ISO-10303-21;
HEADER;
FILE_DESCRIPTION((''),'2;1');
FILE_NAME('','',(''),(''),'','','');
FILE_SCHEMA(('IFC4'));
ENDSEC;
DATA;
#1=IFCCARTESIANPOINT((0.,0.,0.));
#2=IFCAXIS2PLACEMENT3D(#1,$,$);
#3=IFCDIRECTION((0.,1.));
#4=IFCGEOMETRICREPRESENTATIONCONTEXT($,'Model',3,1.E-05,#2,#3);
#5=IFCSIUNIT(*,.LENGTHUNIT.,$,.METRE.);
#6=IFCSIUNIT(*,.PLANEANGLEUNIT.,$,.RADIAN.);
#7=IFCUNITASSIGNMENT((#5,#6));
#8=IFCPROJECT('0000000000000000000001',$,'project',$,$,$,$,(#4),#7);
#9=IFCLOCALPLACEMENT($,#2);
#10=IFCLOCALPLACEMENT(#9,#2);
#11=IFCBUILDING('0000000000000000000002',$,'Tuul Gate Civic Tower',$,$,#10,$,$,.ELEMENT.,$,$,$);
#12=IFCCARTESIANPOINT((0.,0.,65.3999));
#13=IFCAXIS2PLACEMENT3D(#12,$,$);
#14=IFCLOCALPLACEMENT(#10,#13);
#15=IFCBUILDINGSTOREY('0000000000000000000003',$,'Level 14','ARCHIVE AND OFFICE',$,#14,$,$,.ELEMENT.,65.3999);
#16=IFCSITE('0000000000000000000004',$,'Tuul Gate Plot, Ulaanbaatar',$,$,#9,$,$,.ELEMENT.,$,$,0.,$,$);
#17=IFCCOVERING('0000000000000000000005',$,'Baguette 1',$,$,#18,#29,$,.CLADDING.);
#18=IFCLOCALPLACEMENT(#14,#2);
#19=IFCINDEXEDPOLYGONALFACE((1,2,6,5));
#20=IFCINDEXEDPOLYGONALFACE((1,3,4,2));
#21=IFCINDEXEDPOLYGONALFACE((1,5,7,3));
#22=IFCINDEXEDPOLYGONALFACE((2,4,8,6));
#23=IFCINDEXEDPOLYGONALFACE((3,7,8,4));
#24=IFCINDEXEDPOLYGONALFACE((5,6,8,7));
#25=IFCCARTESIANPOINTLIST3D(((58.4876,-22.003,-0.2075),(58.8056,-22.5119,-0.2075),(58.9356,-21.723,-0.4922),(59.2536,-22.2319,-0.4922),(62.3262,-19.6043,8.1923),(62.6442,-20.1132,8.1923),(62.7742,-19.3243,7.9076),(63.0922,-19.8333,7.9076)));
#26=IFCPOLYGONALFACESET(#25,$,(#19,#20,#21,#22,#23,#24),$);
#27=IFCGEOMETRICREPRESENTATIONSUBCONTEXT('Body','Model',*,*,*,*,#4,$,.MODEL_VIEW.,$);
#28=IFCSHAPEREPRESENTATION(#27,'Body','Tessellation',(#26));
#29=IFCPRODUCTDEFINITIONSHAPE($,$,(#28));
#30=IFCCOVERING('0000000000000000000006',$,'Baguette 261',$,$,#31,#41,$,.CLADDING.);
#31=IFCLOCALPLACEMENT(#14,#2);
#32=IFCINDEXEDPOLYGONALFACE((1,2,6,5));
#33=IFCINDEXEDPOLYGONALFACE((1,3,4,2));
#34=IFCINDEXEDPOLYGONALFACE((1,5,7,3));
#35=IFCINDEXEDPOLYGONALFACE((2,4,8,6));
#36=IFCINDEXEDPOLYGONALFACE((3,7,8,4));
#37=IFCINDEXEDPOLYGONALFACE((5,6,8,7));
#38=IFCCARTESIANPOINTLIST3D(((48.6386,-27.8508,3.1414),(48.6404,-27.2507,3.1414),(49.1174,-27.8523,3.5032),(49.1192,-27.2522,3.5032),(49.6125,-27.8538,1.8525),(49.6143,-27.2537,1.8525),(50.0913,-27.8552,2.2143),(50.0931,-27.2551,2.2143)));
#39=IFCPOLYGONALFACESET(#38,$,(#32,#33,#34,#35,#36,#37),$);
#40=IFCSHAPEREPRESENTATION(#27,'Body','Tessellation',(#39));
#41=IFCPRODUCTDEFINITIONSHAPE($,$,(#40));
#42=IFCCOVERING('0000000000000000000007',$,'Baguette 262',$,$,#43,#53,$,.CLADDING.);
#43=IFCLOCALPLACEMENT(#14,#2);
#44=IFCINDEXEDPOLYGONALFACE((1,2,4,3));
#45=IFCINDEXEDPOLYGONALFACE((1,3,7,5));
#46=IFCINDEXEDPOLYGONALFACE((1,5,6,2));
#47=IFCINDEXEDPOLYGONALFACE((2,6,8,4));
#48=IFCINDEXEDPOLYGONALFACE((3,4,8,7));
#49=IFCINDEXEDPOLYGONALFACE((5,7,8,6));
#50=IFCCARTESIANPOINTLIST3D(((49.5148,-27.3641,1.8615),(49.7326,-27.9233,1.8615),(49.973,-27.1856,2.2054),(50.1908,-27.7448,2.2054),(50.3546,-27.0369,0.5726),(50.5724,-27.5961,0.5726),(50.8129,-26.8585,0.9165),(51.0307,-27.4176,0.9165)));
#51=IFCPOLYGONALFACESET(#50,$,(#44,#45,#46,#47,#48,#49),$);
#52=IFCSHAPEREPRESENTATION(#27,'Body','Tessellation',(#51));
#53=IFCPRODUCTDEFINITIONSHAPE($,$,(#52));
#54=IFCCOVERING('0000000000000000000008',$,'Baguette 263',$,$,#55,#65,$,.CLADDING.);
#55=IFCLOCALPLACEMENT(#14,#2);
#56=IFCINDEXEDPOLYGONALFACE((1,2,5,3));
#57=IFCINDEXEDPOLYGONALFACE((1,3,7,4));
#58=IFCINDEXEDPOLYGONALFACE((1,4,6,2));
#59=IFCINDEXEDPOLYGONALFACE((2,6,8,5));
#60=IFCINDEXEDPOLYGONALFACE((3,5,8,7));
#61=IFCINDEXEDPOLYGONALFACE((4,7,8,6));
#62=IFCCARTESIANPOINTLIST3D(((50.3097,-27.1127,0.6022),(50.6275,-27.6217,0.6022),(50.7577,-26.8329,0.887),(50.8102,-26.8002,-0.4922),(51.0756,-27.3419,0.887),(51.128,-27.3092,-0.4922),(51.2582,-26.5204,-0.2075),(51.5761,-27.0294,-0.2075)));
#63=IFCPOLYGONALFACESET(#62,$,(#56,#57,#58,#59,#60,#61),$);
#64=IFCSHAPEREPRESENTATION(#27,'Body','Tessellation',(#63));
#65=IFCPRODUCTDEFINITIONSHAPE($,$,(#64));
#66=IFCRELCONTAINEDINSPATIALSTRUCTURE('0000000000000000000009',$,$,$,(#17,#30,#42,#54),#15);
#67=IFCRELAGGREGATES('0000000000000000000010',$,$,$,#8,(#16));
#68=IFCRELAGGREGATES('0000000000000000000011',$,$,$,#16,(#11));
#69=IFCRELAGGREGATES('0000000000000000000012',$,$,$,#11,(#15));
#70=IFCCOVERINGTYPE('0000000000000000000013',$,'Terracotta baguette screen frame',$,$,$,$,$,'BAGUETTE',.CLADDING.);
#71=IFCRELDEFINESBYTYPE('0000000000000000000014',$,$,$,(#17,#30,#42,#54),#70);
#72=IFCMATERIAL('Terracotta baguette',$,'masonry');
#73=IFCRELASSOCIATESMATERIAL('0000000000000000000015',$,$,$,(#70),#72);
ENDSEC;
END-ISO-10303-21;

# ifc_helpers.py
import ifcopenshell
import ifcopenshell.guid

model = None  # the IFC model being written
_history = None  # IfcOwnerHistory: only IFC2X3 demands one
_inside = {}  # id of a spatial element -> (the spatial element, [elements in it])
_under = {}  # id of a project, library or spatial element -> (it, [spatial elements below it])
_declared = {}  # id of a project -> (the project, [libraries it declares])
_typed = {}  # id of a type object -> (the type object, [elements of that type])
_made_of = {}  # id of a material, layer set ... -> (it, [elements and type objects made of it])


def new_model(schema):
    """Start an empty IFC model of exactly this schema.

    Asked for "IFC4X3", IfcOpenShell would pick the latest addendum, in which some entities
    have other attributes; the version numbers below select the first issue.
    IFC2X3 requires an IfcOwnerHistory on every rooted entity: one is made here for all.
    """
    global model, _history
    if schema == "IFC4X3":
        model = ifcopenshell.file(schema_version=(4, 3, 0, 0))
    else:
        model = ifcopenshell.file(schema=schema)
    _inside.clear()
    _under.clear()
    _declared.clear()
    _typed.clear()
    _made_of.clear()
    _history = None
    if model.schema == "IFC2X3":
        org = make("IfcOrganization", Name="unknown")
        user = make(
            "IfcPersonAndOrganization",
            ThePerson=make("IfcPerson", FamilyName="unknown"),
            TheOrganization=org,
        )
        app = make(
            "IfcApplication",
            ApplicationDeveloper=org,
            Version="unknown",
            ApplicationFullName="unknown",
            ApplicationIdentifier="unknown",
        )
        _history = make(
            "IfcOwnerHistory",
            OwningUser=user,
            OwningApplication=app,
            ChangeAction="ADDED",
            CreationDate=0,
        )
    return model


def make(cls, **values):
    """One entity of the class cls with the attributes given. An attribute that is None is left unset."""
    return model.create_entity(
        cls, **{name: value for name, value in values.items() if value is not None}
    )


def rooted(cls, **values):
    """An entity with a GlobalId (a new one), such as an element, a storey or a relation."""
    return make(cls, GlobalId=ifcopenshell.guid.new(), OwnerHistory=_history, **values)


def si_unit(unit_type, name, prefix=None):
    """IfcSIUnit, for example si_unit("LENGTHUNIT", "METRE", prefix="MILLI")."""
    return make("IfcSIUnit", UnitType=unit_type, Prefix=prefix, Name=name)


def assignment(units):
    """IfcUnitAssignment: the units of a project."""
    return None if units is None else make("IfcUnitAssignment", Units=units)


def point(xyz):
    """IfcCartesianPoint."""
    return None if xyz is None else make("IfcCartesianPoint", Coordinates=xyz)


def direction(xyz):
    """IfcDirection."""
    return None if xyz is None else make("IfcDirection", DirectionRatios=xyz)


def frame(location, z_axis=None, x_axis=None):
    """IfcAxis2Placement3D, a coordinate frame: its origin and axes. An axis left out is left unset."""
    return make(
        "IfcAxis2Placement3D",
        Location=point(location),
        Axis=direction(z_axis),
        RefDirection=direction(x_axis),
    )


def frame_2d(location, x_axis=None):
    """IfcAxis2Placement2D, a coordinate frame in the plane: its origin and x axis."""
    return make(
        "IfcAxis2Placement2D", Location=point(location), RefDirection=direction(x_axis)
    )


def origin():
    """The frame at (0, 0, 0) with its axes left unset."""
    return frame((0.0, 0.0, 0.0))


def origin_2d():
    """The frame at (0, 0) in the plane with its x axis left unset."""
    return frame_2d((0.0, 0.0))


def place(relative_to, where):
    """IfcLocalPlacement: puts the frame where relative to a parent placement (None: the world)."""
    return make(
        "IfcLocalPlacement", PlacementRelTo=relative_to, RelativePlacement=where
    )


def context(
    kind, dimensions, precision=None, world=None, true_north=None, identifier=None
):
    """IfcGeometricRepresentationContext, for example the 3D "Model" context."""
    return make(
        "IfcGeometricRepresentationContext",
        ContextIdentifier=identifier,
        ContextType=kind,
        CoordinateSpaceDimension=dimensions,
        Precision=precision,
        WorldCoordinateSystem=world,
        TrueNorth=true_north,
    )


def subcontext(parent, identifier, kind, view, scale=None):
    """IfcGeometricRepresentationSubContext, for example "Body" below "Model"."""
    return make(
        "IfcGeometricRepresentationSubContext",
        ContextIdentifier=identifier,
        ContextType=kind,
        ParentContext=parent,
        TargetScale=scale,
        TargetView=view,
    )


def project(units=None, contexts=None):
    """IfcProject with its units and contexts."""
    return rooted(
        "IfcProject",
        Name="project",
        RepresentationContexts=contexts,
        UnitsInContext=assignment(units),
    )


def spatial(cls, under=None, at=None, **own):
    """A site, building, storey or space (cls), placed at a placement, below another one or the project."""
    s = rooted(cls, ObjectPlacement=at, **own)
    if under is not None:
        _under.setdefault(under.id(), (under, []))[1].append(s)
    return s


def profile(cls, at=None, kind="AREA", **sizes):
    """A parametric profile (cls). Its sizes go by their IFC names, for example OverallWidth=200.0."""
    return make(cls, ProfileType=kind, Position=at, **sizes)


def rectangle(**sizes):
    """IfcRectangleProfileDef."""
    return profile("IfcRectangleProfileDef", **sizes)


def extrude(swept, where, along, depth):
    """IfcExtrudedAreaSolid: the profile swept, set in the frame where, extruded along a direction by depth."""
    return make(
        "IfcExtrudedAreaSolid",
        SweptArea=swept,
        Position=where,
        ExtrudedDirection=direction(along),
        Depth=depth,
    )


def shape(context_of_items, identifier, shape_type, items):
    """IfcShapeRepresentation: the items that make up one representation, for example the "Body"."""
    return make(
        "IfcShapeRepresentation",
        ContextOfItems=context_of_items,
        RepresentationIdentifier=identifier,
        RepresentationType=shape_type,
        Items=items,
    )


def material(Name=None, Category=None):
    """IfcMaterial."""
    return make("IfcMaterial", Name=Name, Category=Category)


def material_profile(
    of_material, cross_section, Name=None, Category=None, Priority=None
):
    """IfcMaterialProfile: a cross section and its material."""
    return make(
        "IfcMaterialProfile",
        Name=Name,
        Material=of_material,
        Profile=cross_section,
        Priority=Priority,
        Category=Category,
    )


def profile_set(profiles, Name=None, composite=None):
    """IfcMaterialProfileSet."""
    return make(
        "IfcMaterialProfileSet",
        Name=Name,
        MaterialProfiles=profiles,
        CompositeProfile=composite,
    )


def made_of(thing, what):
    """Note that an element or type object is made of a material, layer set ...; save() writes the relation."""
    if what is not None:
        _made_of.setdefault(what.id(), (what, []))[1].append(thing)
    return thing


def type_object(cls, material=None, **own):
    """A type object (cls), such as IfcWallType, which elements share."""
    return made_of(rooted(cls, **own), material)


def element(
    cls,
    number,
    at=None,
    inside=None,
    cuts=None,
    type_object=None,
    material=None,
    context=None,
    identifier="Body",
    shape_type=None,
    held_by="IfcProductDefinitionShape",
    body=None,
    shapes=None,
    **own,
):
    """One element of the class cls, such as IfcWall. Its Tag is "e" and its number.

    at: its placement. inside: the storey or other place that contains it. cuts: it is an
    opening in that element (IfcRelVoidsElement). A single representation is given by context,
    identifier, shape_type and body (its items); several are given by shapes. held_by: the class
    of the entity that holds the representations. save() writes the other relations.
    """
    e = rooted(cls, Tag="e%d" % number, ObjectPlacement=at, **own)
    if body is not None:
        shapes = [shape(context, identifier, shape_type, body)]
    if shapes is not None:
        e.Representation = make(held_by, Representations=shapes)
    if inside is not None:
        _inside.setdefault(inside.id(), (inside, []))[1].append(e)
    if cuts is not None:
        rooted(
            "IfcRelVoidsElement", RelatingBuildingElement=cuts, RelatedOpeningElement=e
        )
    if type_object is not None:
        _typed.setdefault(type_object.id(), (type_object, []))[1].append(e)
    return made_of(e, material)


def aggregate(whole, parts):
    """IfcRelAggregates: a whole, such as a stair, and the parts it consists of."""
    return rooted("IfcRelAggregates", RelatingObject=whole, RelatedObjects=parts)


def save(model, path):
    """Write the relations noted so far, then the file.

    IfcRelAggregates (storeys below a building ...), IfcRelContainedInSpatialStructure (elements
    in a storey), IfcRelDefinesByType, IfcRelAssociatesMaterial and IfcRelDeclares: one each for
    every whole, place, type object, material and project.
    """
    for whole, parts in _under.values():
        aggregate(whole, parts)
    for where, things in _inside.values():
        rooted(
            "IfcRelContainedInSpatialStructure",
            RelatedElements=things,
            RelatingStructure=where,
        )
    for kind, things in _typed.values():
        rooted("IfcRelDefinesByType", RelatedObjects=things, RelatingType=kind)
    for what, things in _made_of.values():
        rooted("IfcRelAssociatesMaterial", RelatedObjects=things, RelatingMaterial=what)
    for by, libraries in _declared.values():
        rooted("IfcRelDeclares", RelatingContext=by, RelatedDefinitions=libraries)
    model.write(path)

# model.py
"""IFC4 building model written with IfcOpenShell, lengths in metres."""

from ifc_helpers import new_model, si_unit, direction, frame, origin, origin_2d, place, context, subcontext, project, spatial, rectangle, extrude, material, material_profile, profile_set, type_object, element, save


model = new_model("IFC4")

# Units and contexts
model_context = context("Model", 3, precision=1e-05, world=origin(), true_north=direction((0.0, 1.0)))
body_context = subcontext(model_context, "Body", "Model", "MODEL_VIEW")
ifc_project = project(units=[si_unit("LENGTHUNIT", "METRE"), si_unit("PLANEANGLEUNIT", "RADIAN")], contexts=[model_context])

# Site, building, storey
site_placement = place(None, origin())
site = spatial("IfcSite", under=ifc_project, at=site_placement, Name="Tuul Gate Plot, Ulaanbaatar", CompositionType="ELEMENT", RefElevation=0.0)
building_placement = place(site_placement, origin())
building = spatial("IfcBuilding", under=site, at=building_placement, Name="Tuul Gate Civic Tower", CompositionType="ELEMENT")
storey_placement = place(building_placement, frame((0.0, 0.0, 65.3999)))
storey = spatial("IfcBuildingStorey", under=building, at=storey_placement, Name="Level 14", Description="ARCHIVE AND OFFICE", CompositionType="ELEMENT", Elevation=65.3999)

# Coverings
ifc_material_1 = material(Name="Terracotta baguette", Category="masonry")
ifc_material_profile_1 = material_profile(ifc_material_1, rectangle(XDim=0.6001, YDim=0.6001, at=origin_2d()), Name="Terracotta baguette screen frame")
ifc_profile_set_1 = profile_set([ifc_material_profile_1], Name="Terracotta baguette")
covering_type = type_object("IfcCoveringType", Name="Terracotta baguette screen frame", ElementType="BAGUETTE", PredefinedType="CLADDING", material=ifc_profile_set_1)
covering_1_placement = place(storey_placement, frame((58.8706, -22.1174, -0.3499), z_axis=(0.402293, 0.251385, 0.880321), x_axis=(-0.529926, 0.848044, 0.0)))
element("IfcCovering", 1, at=covering_1_placement, inside=storey, type_object=covering_type, Name="Baguette 1", PredefinedType="CLADDING", context=body_context, shape_type="SweptSolid", body=[
    extrude(rectangle(XDim=0.6001, YDim=0.6001, at=origin_2d()), origin(), (0.0, 0.0, 1.0), 9.5417),
])
covering_2_placement = place(storey_placement, frame((48.8789, -27.5515, 3.3223), z_axis=(0.602873, -0.001814, -0.797835), x_axis=(0.003008, 0.999995, 0.0)))
element("IfcCovering", 2, at=covering_2_placement, inside=storey, type_object=covering_type, Name="Baguette 261", PredefinedType="CLADDING", context=body_context, shape_type="SweptSolid", body=[
    extrude(rectangle(XDim=0.6001, YDim=0.6001, at=origin_2d()), origin(), (0.0, 0.0, 1.0), 1.6155),
])
covering_3_placement = place(storey_placement, frame((49.8528, -27.5544, 2.0334), z_axis=(0.534011, 0.208016, -0.819489), x_axis=(-0.362969, 0.931801, 0.0)))
element("IfcCovering", 3, at=covering_3_placement, inside=storey, type_object=covering_type, Name="Baguette 262", PredefinedType="CLADDING", context=body_context, shape_type="SweptSolid", body=[
    extrude(rectangle(XDim=0.6001, YDim=0.6001, at=origin_2d()), origin(), (0.0, 0.0, 1.0), 1.5728),
])
covering_4_placement = place(storey_placement, frame((50.6926, -27.2273, 0.7446), z_axis=(0.402517, 0.251328, -0.880236), x_axis=(-0.529627, 0.848231, 0.0)))
element("IfcCovering", 4, at=covering_4_placement, inside=storey, type_object=covering_type, Name="Baguette 263", PredefinedType="CLADDING", context=body_context, shape_type="SweptSolid", body=[
    extrude(rectangle(XDim=0.6001, YDim=0.6001, at=origin_2d()), origin(), (0.0, 0.0, 1.0), 1.2434),
])

save(model, "model.ifc")
